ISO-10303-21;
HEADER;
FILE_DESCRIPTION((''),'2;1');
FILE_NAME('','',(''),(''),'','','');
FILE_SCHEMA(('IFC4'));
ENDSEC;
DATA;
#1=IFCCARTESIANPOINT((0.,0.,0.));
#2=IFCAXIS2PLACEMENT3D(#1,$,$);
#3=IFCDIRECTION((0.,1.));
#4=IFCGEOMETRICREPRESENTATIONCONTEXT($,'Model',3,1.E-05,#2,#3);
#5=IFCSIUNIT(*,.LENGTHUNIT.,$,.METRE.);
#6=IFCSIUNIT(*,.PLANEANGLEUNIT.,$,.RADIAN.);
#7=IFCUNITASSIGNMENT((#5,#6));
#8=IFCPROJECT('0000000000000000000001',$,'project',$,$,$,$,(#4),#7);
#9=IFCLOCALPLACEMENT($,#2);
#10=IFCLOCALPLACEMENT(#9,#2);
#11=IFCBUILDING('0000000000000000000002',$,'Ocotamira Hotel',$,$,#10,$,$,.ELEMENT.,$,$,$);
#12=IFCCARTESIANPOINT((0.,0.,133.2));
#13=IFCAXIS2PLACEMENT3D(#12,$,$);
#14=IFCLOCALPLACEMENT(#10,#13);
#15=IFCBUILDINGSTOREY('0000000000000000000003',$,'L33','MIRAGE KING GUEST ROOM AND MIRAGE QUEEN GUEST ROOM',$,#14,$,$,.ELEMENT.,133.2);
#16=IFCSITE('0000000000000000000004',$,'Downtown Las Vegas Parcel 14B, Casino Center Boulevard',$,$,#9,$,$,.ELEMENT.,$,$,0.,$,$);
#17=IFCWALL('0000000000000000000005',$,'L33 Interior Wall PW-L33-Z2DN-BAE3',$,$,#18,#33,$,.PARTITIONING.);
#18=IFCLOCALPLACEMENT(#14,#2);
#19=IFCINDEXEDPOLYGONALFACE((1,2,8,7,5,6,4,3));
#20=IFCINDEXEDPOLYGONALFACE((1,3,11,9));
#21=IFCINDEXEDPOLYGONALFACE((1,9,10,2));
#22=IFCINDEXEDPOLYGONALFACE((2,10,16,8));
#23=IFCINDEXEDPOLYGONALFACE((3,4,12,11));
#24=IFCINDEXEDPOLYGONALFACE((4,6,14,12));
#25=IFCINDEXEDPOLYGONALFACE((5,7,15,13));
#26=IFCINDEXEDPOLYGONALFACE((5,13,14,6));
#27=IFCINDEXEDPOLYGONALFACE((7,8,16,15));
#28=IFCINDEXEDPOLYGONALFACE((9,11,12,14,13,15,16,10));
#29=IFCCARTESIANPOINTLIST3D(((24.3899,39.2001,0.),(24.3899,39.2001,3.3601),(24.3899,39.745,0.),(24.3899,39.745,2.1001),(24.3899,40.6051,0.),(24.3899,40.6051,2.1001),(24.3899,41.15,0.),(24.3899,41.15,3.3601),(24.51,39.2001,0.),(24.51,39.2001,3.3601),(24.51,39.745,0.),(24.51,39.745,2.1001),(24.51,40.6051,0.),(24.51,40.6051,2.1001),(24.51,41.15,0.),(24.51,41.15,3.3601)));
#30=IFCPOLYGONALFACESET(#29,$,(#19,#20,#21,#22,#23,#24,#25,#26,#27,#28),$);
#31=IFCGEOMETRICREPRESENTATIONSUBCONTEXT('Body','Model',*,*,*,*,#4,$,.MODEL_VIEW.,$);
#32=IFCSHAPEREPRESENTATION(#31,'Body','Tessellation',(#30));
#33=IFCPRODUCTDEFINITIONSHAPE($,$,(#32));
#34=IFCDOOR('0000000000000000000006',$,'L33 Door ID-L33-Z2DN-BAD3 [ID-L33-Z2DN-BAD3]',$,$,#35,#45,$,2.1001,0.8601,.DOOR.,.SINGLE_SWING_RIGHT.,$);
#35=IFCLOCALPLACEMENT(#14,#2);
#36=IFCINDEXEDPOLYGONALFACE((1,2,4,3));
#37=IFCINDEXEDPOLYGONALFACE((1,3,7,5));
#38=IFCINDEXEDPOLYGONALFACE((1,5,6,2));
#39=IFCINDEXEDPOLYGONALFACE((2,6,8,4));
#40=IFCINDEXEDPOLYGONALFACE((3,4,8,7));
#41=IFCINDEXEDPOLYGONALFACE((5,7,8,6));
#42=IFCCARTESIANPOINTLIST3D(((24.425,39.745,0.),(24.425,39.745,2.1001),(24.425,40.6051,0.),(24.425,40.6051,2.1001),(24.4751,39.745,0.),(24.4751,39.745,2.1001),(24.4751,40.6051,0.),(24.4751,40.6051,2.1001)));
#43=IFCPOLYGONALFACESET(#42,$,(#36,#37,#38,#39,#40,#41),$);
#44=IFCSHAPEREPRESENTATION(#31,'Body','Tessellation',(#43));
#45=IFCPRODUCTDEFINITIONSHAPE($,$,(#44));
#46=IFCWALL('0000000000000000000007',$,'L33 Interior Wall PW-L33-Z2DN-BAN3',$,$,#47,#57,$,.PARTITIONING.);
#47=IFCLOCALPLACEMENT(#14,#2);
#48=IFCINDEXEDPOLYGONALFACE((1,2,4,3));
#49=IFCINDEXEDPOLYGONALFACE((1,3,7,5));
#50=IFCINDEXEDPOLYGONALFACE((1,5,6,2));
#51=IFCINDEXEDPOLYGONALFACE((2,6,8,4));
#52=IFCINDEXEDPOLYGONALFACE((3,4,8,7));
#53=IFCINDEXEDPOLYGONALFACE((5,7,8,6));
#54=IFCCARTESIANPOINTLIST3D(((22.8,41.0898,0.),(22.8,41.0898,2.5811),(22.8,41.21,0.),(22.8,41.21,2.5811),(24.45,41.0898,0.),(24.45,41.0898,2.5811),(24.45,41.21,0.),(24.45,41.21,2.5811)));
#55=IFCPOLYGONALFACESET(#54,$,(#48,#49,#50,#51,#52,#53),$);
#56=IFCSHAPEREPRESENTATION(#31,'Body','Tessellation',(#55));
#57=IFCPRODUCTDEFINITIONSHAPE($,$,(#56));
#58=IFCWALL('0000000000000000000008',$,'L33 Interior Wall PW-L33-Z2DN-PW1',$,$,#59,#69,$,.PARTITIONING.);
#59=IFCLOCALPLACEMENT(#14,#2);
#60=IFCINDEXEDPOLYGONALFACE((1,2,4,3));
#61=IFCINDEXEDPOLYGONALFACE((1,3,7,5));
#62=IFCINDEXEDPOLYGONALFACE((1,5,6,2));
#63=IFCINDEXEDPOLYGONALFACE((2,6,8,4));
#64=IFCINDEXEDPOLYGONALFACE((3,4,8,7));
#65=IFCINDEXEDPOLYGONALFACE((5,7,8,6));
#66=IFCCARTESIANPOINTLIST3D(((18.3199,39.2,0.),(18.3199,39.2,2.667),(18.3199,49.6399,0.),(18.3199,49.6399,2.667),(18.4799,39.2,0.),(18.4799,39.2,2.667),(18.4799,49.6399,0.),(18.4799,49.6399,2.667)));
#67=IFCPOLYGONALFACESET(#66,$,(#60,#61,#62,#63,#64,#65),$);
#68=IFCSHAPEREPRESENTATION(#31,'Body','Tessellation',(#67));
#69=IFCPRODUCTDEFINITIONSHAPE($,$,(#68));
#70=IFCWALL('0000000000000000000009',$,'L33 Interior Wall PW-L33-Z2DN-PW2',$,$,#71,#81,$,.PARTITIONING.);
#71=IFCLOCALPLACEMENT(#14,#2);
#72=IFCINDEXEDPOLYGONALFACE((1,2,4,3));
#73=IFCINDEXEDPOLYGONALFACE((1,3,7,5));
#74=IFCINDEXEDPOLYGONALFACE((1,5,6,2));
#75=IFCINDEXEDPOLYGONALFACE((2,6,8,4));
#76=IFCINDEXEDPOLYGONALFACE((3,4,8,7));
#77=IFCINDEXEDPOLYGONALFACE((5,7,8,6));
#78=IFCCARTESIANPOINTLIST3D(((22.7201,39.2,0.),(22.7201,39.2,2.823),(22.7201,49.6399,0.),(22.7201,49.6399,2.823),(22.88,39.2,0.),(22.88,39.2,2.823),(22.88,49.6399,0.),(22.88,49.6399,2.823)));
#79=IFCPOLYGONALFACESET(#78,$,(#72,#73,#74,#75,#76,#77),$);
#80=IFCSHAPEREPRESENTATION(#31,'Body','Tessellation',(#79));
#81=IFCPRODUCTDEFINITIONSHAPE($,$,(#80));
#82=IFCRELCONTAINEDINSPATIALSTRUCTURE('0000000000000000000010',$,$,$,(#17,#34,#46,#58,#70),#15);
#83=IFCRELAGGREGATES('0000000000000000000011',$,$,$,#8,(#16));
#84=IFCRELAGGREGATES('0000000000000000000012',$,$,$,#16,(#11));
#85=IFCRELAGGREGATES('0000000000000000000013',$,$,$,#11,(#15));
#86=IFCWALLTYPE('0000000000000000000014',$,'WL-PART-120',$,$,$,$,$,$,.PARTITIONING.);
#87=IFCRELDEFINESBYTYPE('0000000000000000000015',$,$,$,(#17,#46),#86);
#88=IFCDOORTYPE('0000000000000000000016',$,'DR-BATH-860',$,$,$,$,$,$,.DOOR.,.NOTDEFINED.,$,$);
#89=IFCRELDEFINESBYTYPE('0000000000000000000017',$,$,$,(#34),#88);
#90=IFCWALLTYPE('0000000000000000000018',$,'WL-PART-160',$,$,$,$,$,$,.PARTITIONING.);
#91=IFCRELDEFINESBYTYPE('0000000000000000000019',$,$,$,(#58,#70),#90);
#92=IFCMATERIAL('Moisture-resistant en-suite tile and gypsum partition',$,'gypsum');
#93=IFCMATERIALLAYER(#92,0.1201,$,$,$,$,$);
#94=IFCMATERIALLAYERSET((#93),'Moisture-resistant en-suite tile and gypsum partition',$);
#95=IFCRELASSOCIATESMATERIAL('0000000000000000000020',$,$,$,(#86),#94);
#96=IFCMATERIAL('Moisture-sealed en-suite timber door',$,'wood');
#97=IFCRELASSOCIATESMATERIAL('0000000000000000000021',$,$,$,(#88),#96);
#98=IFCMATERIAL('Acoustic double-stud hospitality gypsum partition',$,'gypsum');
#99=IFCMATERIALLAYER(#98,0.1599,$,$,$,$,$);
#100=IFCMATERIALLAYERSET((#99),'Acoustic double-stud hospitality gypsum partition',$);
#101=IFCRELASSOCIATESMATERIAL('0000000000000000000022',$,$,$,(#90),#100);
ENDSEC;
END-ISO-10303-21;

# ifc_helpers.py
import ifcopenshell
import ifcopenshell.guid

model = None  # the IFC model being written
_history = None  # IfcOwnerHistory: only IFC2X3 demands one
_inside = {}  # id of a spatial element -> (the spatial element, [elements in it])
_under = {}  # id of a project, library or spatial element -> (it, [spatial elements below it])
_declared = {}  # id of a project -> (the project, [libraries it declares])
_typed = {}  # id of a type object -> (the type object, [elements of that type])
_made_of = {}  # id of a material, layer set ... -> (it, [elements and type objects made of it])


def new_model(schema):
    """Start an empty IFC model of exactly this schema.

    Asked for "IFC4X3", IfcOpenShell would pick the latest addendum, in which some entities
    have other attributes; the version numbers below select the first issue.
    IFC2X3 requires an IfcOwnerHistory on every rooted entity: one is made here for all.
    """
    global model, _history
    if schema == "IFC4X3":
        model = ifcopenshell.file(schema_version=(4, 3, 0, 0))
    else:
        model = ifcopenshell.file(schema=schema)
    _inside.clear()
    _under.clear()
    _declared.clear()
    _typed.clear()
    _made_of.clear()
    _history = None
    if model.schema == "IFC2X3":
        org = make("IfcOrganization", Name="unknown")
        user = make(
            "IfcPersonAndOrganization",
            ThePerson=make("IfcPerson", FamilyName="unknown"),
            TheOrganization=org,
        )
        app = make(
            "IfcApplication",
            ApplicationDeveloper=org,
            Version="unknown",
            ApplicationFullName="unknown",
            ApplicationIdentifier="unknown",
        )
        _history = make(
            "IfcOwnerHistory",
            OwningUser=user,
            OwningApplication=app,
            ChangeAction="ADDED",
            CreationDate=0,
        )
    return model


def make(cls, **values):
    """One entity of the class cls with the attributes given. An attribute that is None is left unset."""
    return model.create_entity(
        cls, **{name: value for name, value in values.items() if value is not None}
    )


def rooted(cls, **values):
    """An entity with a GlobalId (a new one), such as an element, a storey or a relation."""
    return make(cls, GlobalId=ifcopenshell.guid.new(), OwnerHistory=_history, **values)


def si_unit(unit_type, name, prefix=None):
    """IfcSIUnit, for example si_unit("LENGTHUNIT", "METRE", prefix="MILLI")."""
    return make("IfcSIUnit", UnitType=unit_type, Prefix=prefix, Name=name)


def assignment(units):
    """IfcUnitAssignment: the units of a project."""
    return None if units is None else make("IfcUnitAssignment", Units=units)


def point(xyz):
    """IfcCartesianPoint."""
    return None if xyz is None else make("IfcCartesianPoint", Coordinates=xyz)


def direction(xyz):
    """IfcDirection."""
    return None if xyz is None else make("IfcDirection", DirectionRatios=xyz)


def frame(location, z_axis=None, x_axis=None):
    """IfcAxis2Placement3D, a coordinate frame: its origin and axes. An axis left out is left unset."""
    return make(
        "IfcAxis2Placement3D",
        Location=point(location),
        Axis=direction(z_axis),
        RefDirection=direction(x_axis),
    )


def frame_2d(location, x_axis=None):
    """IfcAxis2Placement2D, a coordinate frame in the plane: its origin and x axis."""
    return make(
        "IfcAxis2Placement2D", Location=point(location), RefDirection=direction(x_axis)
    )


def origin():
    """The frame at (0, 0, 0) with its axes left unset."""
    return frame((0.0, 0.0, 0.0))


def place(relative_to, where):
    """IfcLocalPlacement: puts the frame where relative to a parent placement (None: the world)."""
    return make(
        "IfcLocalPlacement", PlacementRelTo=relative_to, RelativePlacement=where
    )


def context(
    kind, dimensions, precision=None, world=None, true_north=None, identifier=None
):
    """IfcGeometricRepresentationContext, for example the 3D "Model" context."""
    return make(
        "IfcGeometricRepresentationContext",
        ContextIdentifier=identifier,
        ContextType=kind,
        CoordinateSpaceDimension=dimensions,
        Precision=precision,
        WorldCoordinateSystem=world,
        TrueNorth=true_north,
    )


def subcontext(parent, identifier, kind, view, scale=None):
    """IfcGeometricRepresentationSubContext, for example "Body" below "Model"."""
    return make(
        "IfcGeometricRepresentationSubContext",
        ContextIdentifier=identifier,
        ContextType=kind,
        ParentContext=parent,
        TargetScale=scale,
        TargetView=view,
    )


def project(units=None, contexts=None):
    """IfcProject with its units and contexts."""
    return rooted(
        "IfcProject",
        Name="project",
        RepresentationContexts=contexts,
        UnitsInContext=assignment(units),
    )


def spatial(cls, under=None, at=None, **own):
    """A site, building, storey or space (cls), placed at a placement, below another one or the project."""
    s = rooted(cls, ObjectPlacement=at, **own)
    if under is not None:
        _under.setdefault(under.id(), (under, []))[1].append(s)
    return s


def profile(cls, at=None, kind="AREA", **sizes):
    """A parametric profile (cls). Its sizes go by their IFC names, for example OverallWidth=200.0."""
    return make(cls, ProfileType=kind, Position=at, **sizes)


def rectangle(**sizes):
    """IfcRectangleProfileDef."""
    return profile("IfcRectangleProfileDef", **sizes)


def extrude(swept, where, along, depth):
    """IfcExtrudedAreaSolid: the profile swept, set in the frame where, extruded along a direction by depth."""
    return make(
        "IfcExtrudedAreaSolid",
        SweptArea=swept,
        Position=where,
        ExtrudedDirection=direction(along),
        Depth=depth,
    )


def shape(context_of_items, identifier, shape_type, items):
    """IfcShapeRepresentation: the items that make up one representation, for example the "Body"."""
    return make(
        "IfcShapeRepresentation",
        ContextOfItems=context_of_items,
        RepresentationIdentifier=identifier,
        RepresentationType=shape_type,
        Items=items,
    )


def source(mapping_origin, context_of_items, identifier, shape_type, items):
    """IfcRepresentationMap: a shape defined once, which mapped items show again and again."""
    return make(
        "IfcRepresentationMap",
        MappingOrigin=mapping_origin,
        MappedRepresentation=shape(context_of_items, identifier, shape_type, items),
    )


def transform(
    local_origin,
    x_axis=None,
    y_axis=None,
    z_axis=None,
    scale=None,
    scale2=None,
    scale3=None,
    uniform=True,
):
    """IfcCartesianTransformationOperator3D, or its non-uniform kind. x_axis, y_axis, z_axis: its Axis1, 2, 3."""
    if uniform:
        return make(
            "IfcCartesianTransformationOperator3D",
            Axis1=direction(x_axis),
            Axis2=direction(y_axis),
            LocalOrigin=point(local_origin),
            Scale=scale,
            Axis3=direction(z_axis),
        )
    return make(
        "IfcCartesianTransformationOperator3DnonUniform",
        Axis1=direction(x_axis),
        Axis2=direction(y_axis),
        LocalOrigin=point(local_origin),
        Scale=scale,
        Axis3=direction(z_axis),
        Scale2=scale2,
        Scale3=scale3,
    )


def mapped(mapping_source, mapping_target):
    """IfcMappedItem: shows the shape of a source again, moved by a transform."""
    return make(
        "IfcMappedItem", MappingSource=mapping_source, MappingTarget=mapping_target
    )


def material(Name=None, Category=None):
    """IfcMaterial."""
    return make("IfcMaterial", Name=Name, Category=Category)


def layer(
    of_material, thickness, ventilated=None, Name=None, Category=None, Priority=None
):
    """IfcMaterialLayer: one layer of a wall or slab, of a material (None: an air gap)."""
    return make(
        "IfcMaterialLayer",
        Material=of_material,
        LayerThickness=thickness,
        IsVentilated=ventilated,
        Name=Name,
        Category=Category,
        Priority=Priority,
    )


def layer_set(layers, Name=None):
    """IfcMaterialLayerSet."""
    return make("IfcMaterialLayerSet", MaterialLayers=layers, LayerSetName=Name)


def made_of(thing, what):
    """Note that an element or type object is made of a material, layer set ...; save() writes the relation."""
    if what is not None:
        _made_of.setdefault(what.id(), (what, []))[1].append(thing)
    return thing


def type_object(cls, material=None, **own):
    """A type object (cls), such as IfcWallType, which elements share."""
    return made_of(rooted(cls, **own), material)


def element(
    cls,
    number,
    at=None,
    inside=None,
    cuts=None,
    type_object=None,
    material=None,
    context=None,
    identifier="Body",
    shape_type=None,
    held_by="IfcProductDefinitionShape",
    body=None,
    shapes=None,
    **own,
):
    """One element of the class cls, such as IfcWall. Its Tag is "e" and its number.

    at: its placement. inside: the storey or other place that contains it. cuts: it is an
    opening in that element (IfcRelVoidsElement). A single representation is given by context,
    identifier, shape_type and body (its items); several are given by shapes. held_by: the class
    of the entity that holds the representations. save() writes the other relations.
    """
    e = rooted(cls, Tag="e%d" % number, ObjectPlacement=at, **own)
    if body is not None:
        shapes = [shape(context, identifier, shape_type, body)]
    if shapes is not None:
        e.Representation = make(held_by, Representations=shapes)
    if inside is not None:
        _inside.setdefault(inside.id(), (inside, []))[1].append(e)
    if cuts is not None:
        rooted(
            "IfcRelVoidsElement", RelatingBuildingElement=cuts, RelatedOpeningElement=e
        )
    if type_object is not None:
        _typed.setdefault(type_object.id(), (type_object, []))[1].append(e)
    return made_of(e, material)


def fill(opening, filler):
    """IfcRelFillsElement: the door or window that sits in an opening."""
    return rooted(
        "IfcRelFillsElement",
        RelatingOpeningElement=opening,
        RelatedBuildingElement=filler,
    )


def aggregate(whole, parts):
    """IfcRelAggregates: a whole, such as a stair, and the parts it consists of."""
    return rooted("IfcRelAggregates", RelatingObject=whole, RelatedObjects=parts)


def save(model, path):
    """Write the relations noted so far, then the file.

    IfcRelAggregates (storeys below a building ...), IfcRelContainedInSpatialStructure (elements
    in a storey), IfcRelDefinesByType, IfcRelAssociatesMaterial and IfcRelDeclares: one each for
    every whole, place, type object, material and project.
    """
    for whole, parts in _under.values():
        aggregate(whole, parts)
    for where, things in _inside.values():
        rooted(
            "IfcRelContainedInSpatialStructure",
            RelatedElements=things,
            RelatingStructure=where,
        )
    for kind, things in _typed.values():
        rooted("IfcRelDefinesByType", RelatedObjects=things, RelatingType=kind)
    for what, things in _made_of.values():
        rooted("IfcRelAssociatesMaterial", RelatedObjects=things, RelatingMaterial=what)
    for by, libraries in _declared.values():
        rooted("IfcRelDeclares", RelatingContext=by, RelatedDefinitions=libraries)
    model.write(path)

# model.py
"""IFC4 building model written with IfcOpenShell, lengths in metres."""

from ifc_helpers import new_model, si_unit, direction, frame, frame_2d, origin, place, context, subcontext, project, spatial, rectangle, extrude, source, transform, mapped, material, layer, layer_set, type_object, element, fill, save


model = new_model("IFC4")

# Units and contexts
model_context = context("Model", 3, precision=1e-05, world=origin(), true_north=direction((0.0, 1.0)))
body_context = subcontext(model_context, "Body", "Model", "MODEL_VIEW")
ifc_project = project(units=[si_unit("LENGTHUNIT", "METRE"), si_unit("PLANEANGLEUNIT", "RADIAN")], contexts=[model_context])

# Site, building, storey
site_placement = place(None, origin())
site = spatial("IfcSite", under=ifc_project, at=site_placement, Name="Downtown Las Vegas Parcel 14B, Casino Center Boulevard", CompositionType="ELEMENT", RefElevation=0.0)
building_placement = place(site_placement, origin())
building = spatial("IfcBuilding", under=site, at=building_placement, Name="Ocotamira Hotel", CompositionType="ELEMENT")
storey_placement = place(building_placement, frame((0.0, 0.0, 133.2)))
storey = spatial("IfcBuildingStorey", under=building, at=storey_placement, Name="L33", Description="MIRAGE KING GUEST ROOM AND MIRAGE QUEEN GUEST ROOM", CompositionType="ELEMENT", Elevation=133.2)

# Shared definitions
ifc_material_1 = material(Name="Moisture-resistant en-suite tile and gypsum partition", Category="gypsum")
ifc_layer_1 = layer(ifc_material_1, 0.1201)
ifc_layer_set_1 = layer_set([ifc_layer_1], Name="Moisture-resistant en-suite tile and gypsum partition")
wall_type_1 = type_object("IfcWallType", Name="WL-PART-120", PredefinedType="PARTITIONING", material=ifc_layer_set_1)

# Shared definitions
ifc_material_2 = material(Name="Moisture-sealed en-suite timber door", Category="wood")
door_type = type_object("IfcDoorType", Name="DR-BATH-860", OperationType="NOTDEFINED", PredefinedType="DOOR", material=ifc_material_2)
shared_shape_1 = source(origin(), body_context, "Body", "SweptSolid", [
    extrude(rectangle(XDim=0.8601, YDim=2.1001, at=frame_2d((0.4302, 1.05))), frame((0.0, 0.0249, 0.0), z_axis=(0.0, -1.0, 0.0), x_axis=(1.0, 0.0, 0.0)), (0.0, 0.0, 1.0), 0.05),
])

# Wall, opening, door
wall_1_placement = place(storey_placement, frame((24.45, 39.2, 0.0), z_axis=(0.0, 0.0, 1.0), x_axis=(0.0, 1.0, 0.0)))
wall_1 = element("IfcWall", 1, at=wall_1_placement, inside=storey, type_object=wall_type_1, Name="L33 Interior Wall PW-L33-Z2DN-BAE3", PredefinedType="PARTITIONING", context=body_context, shape_type="SweptSolid", body=[
    extrude(rectangle(XDim=1.95, YDim=0.1201, at=frame_2d((0.9751, 0.0))), origin(), (0.0, 0.0, 1.0), 3.3601),
])
opening_1_placement = place(wall_1_placement, frame((0.5449, 0.0, 0.0)))
opening_1 = element("IfcOpeningElement", 2, at=opening_1_placement, cuts=wall_1, PredefinedType="OPENING", context=body_context, shape_type="SweptSolid", body=[
    extrude(rectangle(XDim=0.8601, YDim=2.1001, at=frame_2d((0.4302, 1.05))), frame((0.0, 0.0701, 0.0), z_axis=(0.0, -1.0, 0.0), x_axis=(1.0, 0.0, 0.0)), (0.0, 0.0, 1.0), 0.1401),
])
door_1_placement = place(opening_1_placement, origin())
door_1 = element("IfcDoor", 3, at=door_1_placement, inside=storey, type_object=door_type, Name="L33 Door ID-L33-Z2DN-BAD3 [ID-L33-Z2DN-BAD3]", OperationType="SINGLE_SWING_RIGHT", OverallHeight=2.1001, OverallWidth=0.8601, PredefinedType="DOOR", context=body_context, shape_type="MappedRepresentation", body=[
    mapped(shared_shape_1, transform((0.0, 0.0, 0.0), scale=1.0)),
])
fill(opening_1, door_1)

# Walls
wall_2_placement = place(storey_placement, frame((22.8, 41.1499, 0.0), z_axis=(0.0, 0.0, 1.0), x_axis=(1.0, 0.0, 0.0)))
element("IfcWall", 4, at=wall_2_placement, inside=storey, type_object=wall_type_1, Name="L33 Interior Wall PW-L33-Z2DN-BAN3", PredefinedType="PARTITIONING", context=body_context, shape_type="SweptSolid", body=[
    extrude(rectangle(XDim=1.6499, YDim=0.1201, at=frame_2d((0.825, 0.0))), origin(), (0.0, 0.0, 1.0), 2.5811),
])
ifc_material_3 = material(Name="Acoustic double-stud hospitality gypsum partition", Category="gypsum")
ifc_layer_2 = layer(ifc_material_3, 0.1599)
ifc_layer_set_2 = layer_set([ifc_layer_2], Name="Acoustic double-stud hospitality gypsum partition")
wall_type_2 = type_object("IfcWallType", Name="WL-PART-160", PredefinedType="PARTITIONING", material=ifc_layer_set_2)
wall_3_placement = place(storey_placement, frame((18.3999, 39.2, 0.0), z_axis=(0.0, 0.0, 1.0), x_axis=(0.0, 1.0, 0.0)))
element("IfcWall", 5, at=wall_3_placement, inside=storey, type_object=wall_type_2, Name="L33 Interior Wall PW-L33-Z2DN-PW1", PredefinedType="PARTITIONING", context=body_context, shape_type="SweptSolid", body=[
    extrude(rectangle(XDim=10.4399, YDim=0.1599, at=frame_2d((5.22, 0.0))), origin(), (0.0, 0.0, 1.0), 2.667),
])
wall_4_placement = place(storey_placement, frame((22.8, 39.2, 0.0), z_axis=(0.0, 0.0, 1.0), x_axis=(0.0, 1.0, 0.0)))
element("IfcWall", 6, at=wall_4_placement, inside=storey, type_object=wall_type_2, Name="L33 Interior Wall PW-L33-Z2DN-PW2", PredefinedType="PARTITIONING", context=body_context, shape_type="SweptSolid", body=[
    extrude(rectangle(XDim=10.4399, YDim=0.1599, at=frame_2d((5.22, 0.0))), origin(), (0.0, 0.0, 1.0), 2.823),
])

save(model, "model.ifc")
